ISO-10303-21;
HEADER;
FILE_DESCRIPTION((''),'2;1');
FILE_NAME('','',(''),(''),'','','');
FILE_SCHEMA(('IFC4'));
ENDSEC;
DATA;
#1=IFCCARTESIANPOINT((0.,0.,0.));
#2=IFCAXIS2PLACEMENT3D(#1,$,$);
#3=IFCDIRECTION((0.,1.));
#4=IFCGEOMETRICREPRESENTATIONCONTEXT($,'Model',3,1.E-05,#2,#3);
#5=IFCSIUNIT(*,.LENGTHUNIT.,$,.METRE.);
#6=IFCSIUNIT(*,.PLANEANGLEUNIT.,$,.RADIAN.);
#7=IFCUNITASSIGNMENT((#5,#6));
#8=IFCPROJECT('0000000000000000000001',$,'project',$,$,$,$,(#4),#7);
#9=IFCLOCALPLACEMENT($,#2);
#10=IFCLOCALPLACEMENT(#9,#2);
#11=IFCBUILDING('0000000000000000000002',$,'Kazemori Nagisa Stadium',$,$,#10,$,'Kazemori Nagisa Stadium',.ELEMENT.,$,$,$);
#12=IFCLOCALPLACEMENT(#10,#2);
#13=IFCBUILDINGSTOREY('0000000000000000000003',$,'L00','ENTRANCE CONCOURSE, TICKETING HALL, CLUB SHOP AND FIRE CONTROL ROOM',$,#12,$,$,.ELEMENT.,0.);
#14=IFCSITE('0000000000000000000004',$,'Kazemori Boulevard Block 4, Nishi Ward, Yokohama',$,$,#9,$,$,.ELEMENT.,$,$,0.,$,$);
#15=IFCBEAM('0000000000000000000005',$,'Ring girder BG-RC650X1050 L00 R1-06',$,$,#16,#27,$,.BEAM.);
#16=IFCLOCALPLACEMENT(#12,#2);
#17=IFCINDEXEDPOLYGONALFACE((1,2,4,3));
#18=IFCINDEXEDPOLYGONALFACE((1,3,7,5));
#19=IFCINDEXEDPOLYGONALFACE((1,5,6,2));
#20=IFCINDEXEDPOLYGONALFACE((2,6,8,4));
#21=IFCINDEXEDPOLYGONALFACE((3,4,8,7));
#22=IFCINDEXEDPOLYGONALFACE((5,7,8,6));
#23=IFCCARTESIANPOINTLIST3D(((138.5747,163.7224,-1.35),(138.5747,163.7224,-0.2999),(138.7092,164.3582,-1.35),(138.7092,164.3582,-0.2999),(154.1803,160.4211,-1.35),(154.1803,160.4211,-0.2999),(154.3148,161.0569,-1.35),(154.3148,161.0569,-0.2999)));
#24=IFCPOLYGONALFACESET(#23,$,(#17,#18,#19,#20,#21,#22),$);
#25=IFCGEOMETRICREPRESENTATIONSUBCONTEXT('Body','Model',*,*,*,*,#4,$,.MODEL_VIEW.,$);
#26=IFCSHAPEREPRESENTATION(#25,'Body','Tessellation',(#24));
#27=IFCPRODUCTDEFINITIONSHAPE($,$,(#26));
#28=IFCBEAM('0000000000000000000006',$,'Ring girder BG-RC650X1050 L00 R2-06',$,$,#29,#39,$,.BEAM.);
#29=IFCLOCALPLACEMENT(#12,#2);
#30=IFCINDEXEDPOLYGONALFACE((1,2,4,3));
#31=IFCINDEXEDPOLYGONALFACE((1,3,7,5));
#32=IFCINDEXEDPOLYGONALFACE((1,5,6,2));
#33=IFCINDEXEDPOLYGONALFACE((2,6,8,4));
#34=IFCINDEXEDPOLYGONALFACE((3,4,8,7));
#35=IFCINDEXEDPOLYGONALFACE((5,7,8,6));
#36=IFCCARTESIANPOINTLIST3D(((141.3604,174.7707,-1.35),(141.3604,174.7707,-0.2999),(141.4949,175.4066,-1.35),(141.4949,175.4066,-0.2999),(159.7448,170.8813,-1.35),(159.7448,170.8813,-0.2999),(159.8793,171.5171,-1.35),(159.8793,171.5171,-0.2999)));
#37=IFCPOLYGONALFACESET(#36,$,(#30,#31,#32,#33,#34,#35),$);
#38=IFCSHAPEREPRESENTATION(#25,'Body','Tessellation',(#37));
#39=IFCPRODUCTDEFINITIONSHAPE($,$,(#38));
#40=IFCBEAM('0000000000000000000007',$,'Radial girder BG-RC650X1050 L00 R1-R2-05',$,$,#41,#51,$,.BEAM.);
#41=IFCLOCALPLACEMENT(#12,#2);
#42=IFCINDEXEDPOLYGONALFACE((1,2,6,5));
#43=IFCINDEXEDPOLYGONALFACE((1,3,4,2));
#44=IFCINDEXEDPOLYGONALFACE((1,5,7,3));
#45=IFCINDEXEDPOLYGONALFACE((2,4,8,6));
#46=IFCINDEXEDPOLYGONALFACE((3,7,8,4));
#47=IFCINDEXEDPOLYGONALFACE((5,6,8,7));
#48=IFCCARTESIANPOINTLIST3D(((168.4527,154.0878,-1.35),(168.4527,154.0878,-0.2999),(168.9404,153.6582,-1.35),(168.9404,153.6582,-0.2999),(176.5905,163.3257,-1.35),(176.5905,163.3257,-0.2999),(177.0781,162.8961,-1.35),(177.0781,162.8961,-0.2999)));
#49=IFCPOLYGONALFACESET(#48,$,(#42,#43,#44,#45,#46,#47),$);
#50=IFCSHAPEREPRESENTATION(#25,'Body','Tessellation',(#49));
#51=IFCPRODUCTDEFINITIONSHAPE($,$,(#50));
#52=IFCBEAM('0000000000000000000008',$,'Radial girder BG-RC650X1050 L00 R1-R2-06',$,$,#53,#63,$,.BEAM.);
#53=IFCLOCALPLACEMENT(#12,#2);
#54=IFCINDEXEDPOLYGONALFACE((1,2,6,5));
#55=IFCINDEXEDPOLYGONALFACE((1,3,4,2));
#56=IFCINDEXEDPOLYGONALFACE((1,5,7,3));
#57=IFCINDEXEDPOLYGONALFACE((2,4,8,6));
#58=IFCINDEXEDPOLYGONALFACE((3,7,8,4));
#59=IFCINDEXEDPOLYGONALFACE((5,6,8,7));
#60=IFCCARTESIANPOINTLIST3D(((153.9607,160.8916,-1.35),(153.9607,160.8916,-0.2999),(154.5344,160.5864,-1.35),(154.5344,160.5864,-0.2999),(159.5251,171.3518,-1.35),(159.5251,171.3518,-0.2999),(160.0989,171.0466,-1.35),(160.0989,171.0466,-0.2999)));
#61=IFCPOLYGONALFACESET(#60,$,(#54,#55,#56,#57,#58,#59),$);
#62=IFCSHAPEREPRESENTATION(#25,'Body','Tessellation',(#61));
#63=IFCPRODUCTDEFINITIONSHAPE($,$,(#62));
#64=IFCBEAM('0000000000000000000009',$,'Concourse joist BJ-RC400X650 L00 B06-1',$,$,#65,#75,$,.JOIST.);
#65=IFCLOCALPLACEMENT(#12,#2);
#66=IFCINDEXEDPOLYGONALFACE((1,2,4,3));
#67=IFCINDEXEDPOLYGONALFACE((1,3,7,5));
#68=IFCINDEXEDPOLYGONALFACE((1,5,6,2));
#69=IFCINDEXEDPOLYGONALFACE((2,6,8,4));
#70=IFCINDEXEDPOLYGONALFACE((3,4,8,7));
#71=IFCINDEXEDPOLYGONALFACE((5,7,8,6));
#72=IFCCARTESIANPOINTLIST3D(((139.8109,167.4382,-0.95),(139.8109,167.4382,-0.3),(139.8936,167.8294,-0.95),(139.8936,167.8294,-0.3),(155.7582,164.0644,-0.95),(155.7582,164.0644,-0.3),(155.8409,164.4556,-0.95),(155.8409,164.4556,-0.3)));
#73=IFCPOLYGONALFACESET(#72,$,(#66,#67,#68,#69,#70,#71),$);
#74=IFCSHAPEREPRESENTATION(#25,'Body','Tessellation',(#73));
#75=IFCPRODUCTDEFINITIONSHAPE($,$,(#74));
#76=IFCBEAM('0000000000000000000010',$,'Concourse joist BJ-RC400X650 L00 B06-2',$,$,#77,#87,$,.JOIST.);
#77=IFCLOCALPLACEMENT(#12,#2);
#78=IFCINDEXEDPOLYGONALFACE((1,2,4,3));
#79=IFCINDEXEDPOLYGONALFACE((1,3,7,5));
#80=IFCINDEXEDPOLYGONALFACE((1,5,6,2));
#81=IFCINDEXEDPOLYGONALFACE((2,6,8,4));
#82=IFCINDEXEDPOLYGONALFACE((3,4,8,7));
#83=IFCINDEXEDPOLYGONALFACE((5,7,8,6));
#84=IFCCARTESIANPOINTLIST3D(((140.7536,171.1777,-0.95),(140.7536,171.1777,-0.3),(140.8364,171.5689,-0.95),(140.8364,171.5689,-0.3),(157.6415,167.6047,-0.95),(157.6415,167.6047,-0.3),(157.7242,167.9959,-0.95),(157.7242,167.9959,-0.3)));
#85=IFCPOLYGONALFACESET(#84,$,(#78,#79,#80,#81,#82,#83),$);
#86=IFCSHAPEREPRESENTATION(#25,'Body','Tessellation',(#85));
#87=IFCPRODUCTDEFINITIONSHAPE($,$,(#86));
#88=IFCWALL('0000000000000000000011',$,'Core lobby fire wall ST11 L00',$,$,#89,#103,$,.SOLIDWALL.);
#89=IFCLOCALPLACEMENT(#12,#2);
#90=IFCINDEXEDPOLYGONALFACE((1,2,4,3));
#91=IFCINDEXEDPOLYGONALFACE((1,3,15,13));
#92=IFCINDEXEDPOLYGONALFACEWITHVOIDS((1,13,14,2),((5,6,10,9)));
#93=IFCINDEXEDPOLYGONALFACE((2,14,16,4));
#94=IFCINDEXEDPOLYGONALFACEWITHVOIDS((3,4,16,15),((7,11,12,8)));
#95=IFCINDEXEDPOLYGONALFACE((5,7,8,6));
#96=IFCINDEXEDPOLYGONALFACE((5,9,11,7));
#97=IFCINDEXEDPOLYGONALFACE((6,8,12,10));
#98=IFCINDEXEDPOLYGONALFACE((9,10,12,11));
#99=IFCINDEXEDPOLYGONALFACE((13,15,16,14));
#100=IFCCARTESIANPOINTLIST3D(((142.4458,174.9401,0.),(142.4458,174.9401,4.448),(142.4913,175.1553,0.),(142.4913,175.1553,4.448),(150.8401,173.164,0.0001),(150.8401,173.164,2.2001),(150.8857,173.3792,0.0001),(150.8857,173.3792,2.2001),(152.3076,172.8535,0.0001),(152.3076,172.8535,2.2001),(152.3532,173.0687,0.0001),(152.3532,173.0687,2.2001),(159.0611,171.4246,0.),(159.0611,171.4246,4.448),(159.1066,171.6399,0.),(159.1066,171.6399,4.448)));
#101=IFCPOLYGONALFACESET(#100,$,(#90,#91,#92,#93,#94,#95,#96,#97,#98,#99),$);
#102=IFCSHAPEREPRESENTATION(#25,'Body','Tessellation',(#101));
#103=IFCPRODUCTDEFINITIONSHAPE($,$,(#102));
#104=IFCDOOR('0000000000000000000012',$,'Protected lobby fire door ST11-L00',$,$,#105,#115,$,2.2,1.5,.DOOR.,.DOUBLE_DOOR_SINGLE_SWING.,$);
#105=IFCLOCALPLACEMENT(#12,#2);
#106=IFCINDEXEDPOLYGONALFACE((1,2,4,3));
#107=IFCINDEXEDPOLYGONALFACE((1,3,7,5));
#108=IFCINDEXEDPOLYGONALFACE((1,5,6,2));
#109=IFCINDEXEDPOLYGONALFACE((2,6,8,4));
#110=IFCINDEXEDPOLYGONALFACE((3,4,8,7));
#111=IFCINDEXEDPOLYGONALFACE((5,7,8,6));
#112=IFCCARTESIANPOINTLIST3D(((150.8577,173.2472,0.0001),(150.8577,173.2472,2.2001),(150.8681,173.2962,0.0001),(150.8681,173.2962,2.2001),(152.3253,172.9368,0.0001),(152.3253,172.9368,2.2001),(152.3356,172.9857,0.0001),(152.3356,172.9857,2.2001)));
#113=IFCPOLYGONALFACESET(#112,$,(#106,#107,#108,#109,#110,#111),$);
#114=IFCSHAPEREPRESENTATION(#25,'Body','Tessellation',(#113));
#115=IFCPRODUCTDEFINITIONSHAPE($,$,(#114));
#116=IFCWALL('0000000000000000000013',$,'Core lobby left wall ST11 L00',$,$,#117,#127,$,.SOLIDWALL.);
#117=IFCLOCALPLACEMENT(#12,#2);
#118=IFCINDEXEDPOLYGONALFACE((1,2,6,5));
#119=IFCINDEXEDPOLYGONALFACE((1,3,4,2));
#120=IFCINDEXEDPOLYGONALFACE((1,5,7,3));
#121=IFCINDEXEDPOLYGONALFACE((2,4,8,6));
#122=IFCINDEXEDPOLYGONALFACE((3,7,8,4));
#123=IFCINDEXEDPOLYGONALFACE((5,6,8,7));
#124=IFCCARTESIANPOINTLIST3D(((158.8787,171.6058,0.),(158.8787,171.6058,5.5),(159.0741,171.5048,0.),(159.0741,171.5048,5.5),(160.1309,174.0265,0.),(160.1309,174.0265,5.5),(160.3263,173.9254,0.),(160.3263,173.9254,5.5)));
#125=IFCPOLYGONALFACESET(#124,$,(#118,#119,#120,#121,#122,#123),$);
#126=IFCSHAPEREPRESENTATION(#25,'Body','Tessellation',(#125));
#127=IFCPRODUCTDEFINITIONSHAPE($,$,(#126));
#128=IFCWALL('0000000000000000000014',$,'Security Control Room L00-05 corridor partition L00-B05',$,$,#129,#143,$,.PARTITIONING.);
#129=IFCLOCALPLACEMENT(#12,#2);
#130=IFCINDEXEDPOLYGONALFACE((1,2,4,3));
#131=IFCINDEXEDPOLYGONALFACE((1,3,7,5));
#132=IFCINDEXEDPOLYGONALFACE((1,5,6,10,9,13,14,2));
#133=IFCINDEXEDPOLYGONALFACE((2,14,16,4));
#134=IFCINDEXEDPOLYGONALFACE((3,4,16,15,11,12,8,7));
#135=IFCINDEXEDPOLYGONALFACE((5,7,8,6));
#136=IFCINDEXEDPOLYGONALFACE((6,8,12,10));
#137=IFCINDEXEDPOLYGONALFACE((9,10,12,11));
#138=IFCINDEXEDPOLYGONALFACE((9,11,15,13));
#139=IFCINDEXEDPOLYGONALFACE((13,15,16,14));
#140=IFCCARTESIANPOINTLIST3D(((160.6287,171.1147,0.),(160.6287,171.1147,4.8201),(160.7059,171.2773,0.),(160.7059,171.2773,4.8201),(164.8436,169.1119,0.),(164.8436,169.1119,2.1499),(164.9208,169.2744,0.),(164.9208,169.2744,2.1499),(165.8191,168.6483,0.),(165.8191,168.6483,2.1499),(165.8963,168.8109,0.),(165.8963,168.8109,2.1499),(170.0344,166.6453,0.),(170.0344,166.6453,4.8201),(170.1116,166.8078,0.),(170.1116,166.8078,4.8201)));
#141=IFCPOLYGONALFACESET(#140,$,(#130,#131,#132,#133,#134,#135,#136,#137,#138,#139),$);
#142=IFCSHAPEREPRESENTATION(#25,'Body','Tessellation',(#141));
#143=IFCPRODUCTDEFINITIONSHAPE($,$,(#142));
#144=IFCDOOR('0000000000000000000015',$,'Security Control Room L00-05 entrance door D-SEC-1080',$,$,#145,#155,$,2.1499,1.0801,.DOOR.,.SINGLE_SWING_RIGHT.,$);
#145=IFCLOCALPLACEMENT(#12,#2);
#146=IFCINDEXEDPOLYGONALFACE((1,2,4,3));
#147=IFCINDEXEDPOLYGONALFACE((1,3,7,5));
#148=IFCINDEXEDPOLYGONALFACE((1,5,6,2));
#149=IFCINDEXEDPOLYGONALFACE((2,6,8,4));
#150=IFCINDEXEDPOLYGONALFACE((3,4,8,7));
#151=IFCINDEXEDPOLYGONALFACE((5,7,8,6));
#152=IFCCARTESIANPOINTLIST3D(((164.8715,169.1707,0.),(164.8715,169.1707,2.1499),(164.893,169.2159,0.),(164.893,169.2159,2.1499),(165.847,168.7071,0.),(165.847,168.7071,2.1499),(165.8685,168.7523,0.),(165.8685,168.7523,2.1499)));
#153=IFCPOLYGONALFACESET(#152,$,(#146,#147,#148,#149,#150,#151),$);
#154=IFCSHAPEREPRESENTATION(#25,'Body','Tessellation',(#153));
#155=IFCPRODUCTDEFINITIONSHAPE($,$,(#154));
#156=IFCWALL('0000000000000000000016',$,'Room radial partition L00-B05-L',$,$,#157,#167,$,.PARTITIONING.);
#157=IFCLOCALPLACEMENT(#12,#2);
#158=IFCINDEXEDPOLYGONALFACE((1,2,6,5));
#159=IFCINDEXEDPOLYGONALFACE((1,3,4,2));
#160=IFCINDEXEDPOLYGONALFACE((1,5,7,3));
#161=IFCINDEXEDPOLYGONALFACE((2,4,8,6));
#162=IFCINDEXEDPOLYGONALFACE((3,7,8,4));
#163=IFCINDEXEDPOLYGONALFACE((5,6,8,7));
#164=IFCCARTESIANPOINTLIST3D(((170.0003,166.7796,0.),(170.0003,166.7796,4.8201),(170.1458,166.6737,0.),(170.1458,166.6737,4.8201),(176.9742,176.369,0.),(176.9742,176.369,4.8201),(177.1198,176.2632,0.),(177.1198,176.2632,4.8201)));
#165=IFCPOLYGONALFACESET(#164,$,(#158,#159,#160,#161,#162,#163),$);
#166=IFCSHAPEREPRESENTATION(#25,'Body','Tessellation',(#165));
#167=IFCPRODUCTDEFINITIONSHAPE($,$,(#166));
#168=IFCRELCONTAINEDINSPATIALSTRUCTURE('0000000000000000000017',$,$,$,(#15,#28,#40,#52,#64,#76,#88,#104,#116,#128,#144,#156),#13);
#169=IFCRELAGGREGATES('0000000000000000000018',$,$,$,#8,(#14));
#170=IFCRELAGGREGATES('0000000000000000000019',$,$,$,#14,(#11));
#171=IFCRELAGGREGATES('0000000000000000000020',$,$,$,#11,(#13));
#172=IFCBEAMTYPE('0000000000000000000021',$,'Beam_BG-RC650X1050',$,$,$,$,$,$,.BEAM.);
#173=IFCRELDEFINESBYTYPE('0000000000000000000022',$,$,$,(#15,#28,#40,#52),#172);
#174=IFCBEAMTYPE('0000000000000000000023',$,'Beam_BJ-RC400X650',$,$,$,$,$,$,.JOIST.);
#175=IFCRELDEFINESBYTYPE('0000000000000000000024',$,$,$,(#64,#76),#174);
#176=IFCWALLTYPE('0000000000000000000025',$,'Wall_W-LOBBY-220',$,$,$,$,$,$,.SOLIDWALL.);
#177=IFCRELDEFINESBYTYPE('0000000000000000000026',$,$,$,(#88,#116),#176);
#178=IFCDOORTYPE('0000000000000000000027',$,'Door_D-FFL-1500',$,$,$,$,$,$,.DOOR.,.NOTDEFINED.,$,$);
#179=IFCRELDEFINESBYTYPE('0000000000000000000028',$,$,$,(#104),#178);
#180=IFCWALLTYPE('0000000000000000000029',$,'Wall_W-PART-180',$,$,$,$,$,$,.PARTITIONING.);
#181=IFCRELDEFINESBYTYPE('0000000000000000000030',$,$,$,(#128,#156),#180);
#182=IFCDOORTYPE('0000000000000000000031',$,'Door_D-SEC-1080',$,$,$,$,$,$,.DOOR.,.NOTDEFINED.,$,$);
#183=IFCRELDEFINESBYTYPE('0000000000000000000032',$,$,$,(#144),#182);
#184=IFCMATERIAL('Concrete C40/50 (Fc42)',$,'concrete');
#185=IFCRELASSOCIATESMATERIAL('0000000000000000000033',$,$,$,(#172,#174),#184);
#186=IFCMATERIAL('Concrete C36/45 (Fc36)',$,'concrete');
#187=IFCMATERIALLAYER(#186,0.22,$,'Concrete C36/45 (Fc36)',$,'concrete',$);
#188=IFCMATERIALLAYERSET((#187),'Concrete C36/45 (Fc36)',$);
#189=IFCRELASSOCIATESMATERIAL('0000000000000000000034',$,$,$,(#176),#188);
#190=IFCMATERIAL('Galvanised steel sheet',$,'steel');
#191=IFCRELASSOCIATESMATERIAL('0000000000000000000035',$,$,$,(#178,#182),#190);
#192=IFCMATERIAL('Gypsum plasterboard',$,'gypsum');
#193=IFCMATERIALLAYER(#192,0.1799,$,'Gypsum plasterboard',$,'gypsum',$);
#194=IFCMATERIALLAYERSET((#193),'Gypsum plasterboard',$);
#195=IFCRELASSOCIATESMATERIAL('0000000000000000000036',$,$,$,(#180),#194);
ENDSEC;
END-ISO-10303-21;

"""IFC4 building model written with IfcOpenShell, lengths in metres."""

from ifc_helpers import new_model, si_unit, direction, frame, frame_2d, origin, origin_2d, place, context, subcontext, project, spatial, rectangle, extrude, material, layer, layer_set, material_profile, profile_set, type_object, element, fill, save


model = new_model("IFC4")

# Units and contexts
model_context = context("Model", 3, precision=1e-05, world=origin(), true_north=direction((0.0, 1.0)))
body_context = subcontext(model_context, "Body", "Model", "MODEL_VIEW")
ifc_project = project(units=[si_unit("LENGTHUNIT", "METRE"), si_unit("PLANEANGLEUNIT", "RADIAN")], contexts=[model_context])

# Site, building, storey
site_placement = place(None, origin())
site = spatial("IfcSite", under=ifc_project, at=site_placement, Name="Kazemori Boulevard Block 4, Nishi Ward, Yokohama", CompositionType="ELEMENT", RefElevation=0.0)
building_placement = place(site_placement, origin())
building = spatial("IfcBuilding", under=site, at=building_placement, Name="Kazemori Nagisa Stadium", LongName="Kazemori Nagisa Stadium", CompositionType="ELEMENT")
storey_placement = place(building_placement, origin())
storey = spatial("IfcBuildingStorey", under=building, at=storey_placement, Name="L00", Description="ENTRANCE CONCOURSE, TICKETING HALL, CLUB SHOP AND FIRE CONTROL ROOM", CompositionType="ELEMENT", Elevation=0.0)

# Shared definitions
ifc_material_1 = material(Name="Concrete C40/50 (Fc42)", Category="concrete")

# Beams
ifc_material_profile_1 = material_profile(ifc_material_1, rectangle(XDim=0.6499, YDim=1.05, at=origin_2d()), Name="RC-BM-650x1050")
ifc_profile_set_1 = profile_set([ifc_material_profile_1], Name="Concrete C40/50 (Fc42)")
beam_type_1 = type_object("IfcBeamType", Name="Beam_BG-RC650X1050", PredefinedType="BEAM", material=ifc_profile_set_1)
beam_1_placement = place(storey_placement, frame((154.2476, 160.739, -0.825), z_axis=(-0.978348, 0.206965, 0.0), x_axis=(-0.206965, -0.978348, 0.0)))
element("IfcBeam", 1, at=beam_1_placement, inside=storey, type_object=beam_type_1, Name="Ring girder BG-RC650X1050 L00 R1-06", PredefinedType="BEAM", context=body_context, shape_type="SweptSolid", body=[
    extrude(rectangle(XDim=0.6499, YDim=1.05, at=origin_2d()), origin(), (0.0, 0.0, 1.0), 15.9509),
])
beam_2_placement = place(storey_placement, frame((159.812, 171.1992, -0.825), z_axis=(-0.978345, 0.20698, 0.0), x_axis=(-0.20698, -0.978345, 0.0)))
element("IfcBeam", 2, at=beam_2_placement, inside=storey, type_object=beam_type_1, Name="Ring girder BG-RC650X1050 L00 R2-06", PredefinedType="BEAM", context=body_context, shape_type="SweptSolid", body=[
    extrude(rectangle(XDim=0.6499, YDim=1.05, at=origin_2d()), origin(), (0.0, 0.0, 1.0), 18.7913),
])
beam_3_placement = place(storey_placement, frame((168.6965, 153.873, -0.825), z_axis=(0.661014, 0.750374, 0.0), x_axis=(-0.750374, 0.661014, 0.0)))
element("IfcBeam", 3, at=beam_3_placement, inside=storey, type_object=beam_type_1, Name="Radial girder BG-RC650X1050 L00 R1-R2-05", PredefinedType="BEAM", context=body_context, shape_type="SweptSolid", body=[
    extrude(rectangle(XDim=0.6499, YDim=1.05, at=origin_2d()), origin(), (0.0, 0.0, 1.0), 12.311),
])
beam_4_placement = place(storey_placement, frame((154.2476, 160.739, -0.825), z_axis=(0.469647, 0.882854, 0.0), x_axis=(-0.882854, 0.469647, 0.0)))
element("IfcBeam", 4, at=beam_4_placement, inside=storey, type_object=beam_type_1, Name="Radial girder BG-RC650X1050 L00 R1-R2-06", PredefinedType="BEAM", context=body_context, shape_type="SweptSolid", body=[
    extrude(rectangle(XDim=0.6499, YDim=1.05, at=origin_2d()), origin(), (0.0, 0.0, 1.0), 11.8481),
])
ifc_material_profile_2 = material_profile(ifc_material_1, rectangle(XDim=0.3999, YDim=0.6499, at=origin_2d()), Name="RC-BM-400x650")
ifc_profile_set_2 = profile_set([ifc_material_profile_2], Name="Concrete C40/50 (Fc42)")
beam_type_2 = type_object("IfcBeamType", Name="Beam_BJ-RC400X650", PredefinedType="JOIST", material=ifc_profile_set_2)
beam_5_placement = place(storey_placement, frame((155.7996, 164.26, -0.625), z_axis=(-0.978346, 0.206977, 0.0), x_axis=(-0.206977, -0.978346, 0.0)))
element("IfcBeam", 5, at=beam_5_placement, inside=storey, type_object=beam_type_2, Name="Concourse joist BJ-RC400X650 L00 B06-1", PredefinedType="JOIST", context=body_context, shape_type="SweptSolid", body=[
    extrude(rectangle(XDim=0.3999, YDim=0.6499, at=origin_2d()), origin(), (0.0, 0.0, 1.0), 16.3003),
])
beam_6_placement = place(storey_placement, frame((157.6829, 167.8003, -0.625), z_axis=(-0.978343, 0.206989, 0.0), x_axis=(-0.206989, -0.978343, 0.0)))
element("IfcBeam", 6, at=beam_6_placement, inside=storey, type_object=beam_type_2, Name="Concourse joist BJ-RC400X650 L00 B06-2", PredefinedType="JOIST", context=body_context, shape_type="SweptSolid", body=[
    extrude(rectangle(XDim=0.3999, YDim=0.6499, at=origin_2d()), origin(), (0.0, 0.0, 1.0), 17.2617),
])

# Wall, opening, door
ifc_material_2 = material(Name="Concrete C36/45 (Fc36)", Category="concrete")
ifc_layer_1 = layer(ifc_material_2, 0.22, Name="Concrete C36/45 (Fc36)", Category="concrete")
ifc_layer_set_1 = layer_set([ifc_layer_1], Name="Concrete C36/45 (Fc36)")
wall_type_1 = type_object("IfcWallType", Name="Wall_W-LOBBY-220", PredefinedType="SOLIDWALL", material=ifc_layer_set_1)
wall_1_placement = place(storey_placement, frame((159.084, 171.5322, 0.0), z_axis=(0.0, 0.0, 1.0), x_axis=(-0.978342, 0.206994, 0.0)))
wall_1 = element("IfcWall", 7, at=wall_1_placement, inside=storey, type_object=wall_type_1, Name="Core lobby fire wall ST11 L00", PredefinedType="SOLIDWALL", context=body_context, shape_type="SweptSolid", body=[
    extrude(rectangle(XDim=16.9832, YDim=0.22, at=frame_2d((8.4917, 0.0))), origin(), (0.0, 0.0, 1.0), 4.448),
])
opening_1_placement = place(wall_1_placement, frame((6.9031, 0.0, 0.0)))
opening_1 = element("IfcOpeningElement", 8, at=opening_1_placement, cuts=wall_1, PredefinedType="OPENING", context=body_context, shape_type="SweptSolid", body=[
    extrude(rectangle(XDim=1.5, YDim=2.2, at=frame_2d((0.75, 1.1001))), frame((0.0, 0.1199, 0.0), z_axis=(0.0, -1.0, 0.0), x_axis=(1.0, 0.0, 0.0)), (0.0, 0.0, 1.0), 0.24),
])
ifc_material_3 = material(Name="Galvanised steel sheet", Category="steel")
door_type_1 = type_object("IfcDoorType", Name="Door_D-FFL-1500", OperationType="NOTDEFINED", PredefinedType="DOOR", material=ifc_material_3)
door_1_placement = place(opening_1_placement, origin())
door_1 = element("IfcDoor", 9, at=door_1_placement, inside=storey, type_object=door_type_1, Name="Protected lobby fire door ST11-L00", OperationType="DOUBLE_DOOR_SINGLE_SWING", OverallHeight=2.2, OverallWidth=1.5, PredefinedType="DOOR", context=body_context, shape_type="SweptSolid", body=[
    extrude(rectangle(XDim=1.5, YDim=2.2, at=frame_2d((0.75, 1.1001))), frame((0.0, 0.0249, 0.0), z_axis=(0.0, -1.0, 0.0), x_axis=(1.0, 0.0, 0.0)), (0.0, 0.0, 1.0), 0.05),
])
fill(opening_1, door_1)

# Wall
wall_2_placement = place(storey_placement, frame((158.9763, 171.5552, 0.0), z_axis=(0.0, 0.0, 1.0), x_axis=(0.459462, 0.888197, 0.0)))
element("IfcWall", 10, at=wall_2_placement, inside=storey, type_object=wall_type_1, Name="Core lobby left wall ST11 L00", PredefinedType="SOLIDWALL", context=body_context, shape_type="SweptSolid", body=[
    extrude(rectangle(XDim=2.7253, YDim=0.22, at=frame_2d((1.3628, 0.0))), origin(), (0.0, 0.0, 1.0), 5.5),
])

# Wall, opening, door
ifc_material_4 = material(Name="Gypsum plasterboard", Category="gypsum")
ifc_layer_2 = layer(ifc_material_4, 0.1799, Name="Gypsum plasterboard", Category="gypsum")
ifc_layer_set_2 = layer_set([ifc_layer_2], Name="Gypsum plasterboard")
wall_type_2 = type_object("IfcWallType", Name="Wall_W-PART-180", PredefinedType="PARTITIONING", material=ifc_layer_set_2)
wall_3_placement = place(storey_placement, frame((170.073, 166.7266, 0.0), z_axis=(0.0, 0.0, 1.0), x_axis=(-0.903213, 0.429194, 0.0)))
wall_3 = element("IfcWall", 11, at=wall_3_placement, inside=storey, type_object=wall_type_2, Name="Security Control Room L00-05 corridor partition L00-B05", PredefinedType="PARTITIONING", context=body_context, shape_type="SweptSolid", body=[
    extrude(rectangle(XDim=10.4136, YDim=0.1799, at=frame_2d((5.2068, 0.0))), origin(), (0.0, 0.0, 1.0), 4.8201),
])
opening_2_placement = place(wall_3_placement, frame((4.667, 0.0, 0.0)))
opening_2 = element("IfcOpeningElement", 12, at=opening_2_placement, cuts=wall_3, PredefinedType="OPENING", context=body_context, shape_type="SweptSolid", body=[
    extrude(rectangle(XDim=1.0801, YDim=2.1499, at=frame_2d((0.54, 1.075))), frame((0.0, 0.0999, 0.0), z_axis=(0.0, -1.0, 0.0), x_axis=(1.0, 0.0, 0.0)), (0.0, 0.0, 1.0), 0.2),
])
door_type_2 = type_object("IfcDoorType", Name="Door_D-SEC-1080", OperationType="NOTDEFINED", PredefinedType="DOOR", material=ifc_material_3)
door_2_placement = place(opening_2_placement, origin())
door_2 = element("IfcDoor", 13, at=door_2_placement, inside=storey, type_object=door_type_2, Name="Security Control Room L00-05 entrance door D-SEC-1080", OperationType="SINGLE_SWING_RIGHT", OverallHeight=2.1499, OverallWidth=1.0801, PredefinedType="DOOR", context=body_context, shape_type="SweptSolid", body=[
    extrude(rectangle(XDim=1.0801, YDim=2.1499, at=frame_2d((0.54, 1.075))), frame((0.0, 0.0249, 0.0), z_axis=(0.0, -1.0, 0.0), x_axis=(1.0, 0.0, 0.0)), (0.0, 0.0, 1.0), 0.05),
])
fill(opening_2, door_2)

# Wall
wall_4_placement = place(storey_placement, frame((170.073, 166.7266, 0.0), z_axis=(0.0, 0.0, 1.0), x_axis=(0.588161, 0.808744, 0.0)))
element("IfcWall", 14, at=wall_4_placement, inside=storey, type_object=wall_type_2, Name="Room radial partition L00-B05-L", PredefinedType="PARTITIONING", context=body_context, shape_type="SweptSolid", body=[
    extrude(rectangle(XDim=11.8572, YDim=0.1799, at=frame_2d((5.9287, 0.0))), origin(), (0.0, 0.0, 1.0), 4.8201),
])

save(model, "model.ifc")
